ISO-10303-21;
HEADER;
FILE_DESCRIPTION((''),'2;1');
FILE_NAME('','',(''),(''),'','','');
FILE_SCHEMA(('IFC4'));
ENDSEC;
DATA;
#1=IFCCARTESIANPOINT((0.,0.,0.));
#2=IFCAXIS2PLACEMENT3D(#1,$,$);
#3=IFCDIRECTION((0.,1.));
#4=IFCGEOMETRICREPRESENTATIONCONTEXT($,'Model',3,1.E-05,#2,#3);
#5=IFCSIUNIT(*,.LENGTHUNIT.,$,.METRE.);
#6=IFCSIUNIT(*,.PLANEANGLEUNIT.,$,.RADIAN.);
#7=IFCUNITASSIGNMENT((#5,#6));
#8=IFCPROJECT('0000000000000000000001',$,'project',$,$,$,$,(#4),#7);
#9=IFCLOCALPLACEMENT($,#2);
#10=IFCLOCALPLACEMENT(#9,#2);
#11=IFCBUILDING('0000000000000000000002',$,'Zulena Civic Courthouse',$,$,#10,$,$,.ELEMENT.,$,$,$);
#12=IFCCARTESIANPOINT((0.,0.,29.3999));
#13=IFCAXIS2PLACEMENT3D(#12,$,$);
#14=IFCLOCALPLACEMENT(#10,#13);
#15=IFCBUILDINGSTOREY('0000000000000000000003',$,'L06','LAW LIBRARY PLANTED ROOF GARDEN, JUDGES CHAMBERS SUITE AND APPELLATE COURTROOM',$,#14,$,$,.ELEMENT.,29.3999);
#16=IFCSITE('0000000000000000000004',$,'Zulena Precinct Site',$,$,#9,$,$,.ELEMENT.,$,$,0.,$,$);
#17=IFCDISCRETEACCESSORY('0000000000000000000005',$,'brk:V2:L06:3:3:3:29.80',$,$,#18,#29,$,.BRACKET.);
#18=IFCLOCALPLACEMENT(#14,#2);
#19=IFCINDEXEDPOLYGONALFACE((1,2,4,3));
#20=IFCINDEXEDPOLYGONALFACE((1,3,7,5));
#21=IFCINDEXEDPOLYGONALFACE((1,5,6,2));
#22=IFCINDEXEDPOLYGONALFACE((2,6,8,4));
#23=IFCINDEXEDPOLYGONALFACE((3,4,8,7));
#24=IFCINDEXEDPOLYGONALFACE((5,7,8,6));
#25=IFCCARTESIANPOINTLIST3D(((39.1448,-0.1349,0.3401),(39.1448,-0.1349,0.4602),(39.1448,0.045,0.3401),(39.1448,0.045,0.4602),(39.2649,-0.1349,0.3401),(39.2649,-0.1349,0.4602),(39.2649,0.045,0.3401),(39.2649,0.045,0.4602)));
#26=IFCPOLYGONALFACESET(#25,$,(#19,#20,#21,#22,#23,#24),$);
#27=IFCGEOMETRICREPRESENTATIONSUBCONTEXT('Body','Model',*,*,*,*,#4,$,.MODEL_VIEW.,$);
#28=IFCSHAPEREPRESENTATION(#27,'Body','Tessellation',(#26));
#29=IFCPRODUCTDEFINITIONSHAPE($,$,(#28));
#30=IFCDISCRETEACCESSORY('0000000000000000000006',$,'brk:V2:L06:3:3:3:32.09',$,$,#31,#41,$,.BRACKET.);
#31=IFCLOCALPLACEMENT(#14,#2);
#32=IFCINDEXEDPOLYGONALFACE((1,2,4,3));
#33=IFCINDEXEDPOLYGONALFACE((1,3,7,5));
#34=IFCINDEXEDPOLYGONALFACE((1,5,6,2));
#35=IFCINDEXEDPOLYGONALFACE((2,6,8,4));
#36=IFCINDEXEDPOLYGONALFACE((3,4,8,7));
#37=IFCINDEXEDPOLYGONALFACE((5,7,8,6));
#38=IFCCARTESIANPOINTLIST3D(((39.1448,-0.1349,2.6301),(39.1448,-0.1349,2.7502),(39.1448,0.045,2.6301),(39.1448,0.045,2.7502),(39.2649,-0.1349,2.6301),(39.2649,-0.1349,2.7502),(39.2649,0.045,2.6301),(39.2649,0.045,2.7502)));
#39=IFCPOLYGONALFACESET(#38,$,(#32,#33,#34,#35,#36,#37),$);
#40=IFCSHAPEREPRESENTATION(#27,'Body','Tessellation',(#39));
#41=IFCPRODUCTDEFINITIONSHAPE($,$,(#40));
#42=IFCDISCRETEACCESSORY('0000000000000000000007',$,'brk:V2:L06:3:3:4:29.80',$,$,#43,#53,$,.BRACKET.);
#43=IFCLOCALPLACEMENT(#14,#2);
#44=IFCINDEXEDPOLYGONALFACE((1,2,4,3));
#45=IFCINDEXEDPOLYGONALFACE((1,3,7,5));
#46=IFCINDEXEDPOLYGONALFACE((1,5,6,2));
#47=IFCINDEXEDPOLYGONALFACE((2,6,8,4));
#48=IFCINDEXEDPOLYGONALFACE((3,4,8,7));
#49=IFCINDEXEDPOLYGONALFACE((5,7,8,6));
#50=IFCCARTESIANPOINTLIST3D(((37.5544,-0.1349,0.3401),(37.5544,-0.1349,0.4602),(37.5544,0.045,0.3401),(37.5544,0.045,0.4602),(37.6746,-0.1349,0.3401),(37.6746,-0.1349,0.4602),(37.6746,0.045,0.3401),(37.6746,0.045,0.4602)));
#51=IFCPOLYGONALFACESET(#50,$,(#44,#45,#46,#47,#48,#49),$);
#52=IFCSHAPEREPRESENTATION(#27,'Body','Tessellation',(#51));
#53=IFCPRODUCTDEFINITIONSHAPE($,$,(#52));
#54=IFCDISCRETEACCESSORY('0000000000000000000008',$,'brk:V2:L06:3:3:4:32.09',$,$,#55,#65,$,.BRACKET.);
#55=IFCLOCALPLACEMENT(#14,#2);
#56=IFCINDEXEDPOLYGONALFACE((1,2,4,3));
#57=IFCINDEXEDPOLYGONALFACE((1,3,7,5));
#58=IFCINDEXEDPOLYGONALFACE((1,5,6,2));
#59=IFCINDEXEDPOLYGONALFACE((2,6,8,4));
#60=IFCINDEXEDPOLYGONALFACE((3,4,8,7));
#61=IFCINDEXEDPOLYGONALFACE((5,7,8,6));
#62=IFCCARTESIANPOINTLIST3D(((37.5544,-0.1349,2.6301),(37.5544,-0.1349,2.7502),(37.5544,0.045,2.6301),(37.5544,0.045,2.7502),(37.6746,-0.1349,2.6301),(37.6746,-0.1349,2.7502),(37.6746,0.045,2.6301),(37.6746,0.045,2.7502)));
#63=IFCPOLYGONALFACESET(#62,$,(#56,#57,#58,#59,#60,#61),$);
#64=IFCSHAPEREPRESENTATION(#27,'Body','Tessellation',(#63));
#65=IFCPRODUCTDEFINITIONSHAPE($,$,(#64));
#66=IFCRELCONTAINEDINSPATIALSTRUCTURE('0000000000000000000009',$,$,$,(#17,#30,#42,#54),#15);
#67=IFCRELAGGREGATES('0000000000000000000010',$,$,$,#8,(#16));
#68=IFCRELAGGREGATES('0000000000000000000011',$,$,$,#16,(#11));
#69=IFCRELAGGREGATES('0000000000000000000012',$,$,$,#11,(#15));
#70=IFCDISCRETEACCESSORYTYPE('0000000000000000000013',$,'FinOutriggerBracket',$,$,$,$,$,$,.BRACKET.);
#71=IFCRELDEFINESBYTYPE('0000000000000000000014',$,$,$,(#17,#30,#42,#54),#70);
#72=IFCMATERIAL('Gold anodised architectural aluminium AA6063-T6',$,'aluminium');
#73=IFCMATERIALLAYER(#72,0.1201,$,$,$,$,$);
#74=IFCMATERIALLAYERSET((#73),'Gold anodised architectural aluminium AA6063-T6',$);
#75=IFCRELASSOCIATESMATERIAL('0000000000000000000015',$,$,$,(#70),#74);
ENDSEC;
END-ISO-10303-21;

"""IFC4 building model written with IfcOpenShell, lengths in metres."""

from ifc_helpers import new_model, si_unit, direction, frame, origin, origin_2d, place, context, subcontext, project, spatial, rectangle, extrude, material, layer, layer_set, type_object, element, save


model = new_model("IFC4")

# Units and contexts
model_context = context("Model", 3, precision=1e-05, world=origin(), true_north=direction((0.0, 1.0)))
body_context = subcontext(model_context, "Body", "Model", "MODEL_VIEW")
ifc_project = project(units=[si_unit("LENGTHUNIT", "METRE"), si_unit("PLANEANGLEUNIT", "RADIAN")], contexts=[model_context])

# Site, building, storey
site_placement = place(None, origin())
site = spatial("IfcSite", under=ifc_project, at=site_placement, Name="Zulena Precinct Site", CompositionType="ELEMENT", RefElevation=0.0)
building_placement = place(site_placement, origin())
building = spatial("IfcBuilding", under=site, at=building_placement, Name="Zulena Civic Courthouse", CompositionType="ELEMENT")
storey_placement = place(building_placement, frame((0.0, 0.0, 29.3999)))
storey = spatial("IfcBuildingStorey", under=building, at=storey_placement, Name="L06", Description="LAW LIBRARY PLANTED ROOF GARDEN, JUDGES CHAMBERS SUITE AND APPELLATE COURTROOM", CompositionType="ELEMENT", Elevation=29.3999)

# Shared definitions
ifc_material_1 = material(Name="Gold anodised architectural aluminium AA6063-T6", Category="aluminium")

# Discrete accessories
ifc_layer_1 = layer(ifc_material_1, 0.1201)
ifc_layer_set_1 = layer_set([ifc_layer_1], Name="Gold anodised architectural aluminium AA6063-T6")
discrete_accessory_type = type_object("IfcDiscreteAccessoryType", Name="FinOutriggerBracket", PredefinedType="BRACKET", material=ifc_layer_set_1)
for number, where, z_axis, x_axis, name in (
    (1, (39.2048, -0.0449, 0.3401), (0.0, 0.0, 1.0), (0.0, -1.0, 0.0), "brk:V2:L06:3:3:3:29.80"),
    (2, (39.2048, -0.0449, 2.6301), (0.0, 0.0, 1.0), (0.0, -1.0, 0.0), "brk:V2:L06:3:3:3:32.09"),
    (3, (37.6145, -0.0449, 0.3401), (0.0, 0.0, 1.0), (0.0, -1.0, 0.0), "brk:V2:L06:3:3:4:29.80"),
    (4, (37.6145, -0.0449, 2.6301), (0.0, 0.0, 1.0), (0.0, -1.0, 0.0), "brk:V2:L06:3:3:4:32.09"),
):
    element("IfcDiscreteAccessory", number, at=place(storey_placement, frame(where, z_axis=z_axis, x_axis=x_axis)), inside=storey, type_object=discrete_accessory_type, Name=name, PredefinedType="BRACKET", context=body_context, shape_type="SweptSolid", body=[
        extrude(rectangle(XDim=0.1799, YDim=0.1201, at=origin_2d()), origin(), (0.0, 0.0, 1.0), 0.1201),
    ])

save(model, "model.ifc")
